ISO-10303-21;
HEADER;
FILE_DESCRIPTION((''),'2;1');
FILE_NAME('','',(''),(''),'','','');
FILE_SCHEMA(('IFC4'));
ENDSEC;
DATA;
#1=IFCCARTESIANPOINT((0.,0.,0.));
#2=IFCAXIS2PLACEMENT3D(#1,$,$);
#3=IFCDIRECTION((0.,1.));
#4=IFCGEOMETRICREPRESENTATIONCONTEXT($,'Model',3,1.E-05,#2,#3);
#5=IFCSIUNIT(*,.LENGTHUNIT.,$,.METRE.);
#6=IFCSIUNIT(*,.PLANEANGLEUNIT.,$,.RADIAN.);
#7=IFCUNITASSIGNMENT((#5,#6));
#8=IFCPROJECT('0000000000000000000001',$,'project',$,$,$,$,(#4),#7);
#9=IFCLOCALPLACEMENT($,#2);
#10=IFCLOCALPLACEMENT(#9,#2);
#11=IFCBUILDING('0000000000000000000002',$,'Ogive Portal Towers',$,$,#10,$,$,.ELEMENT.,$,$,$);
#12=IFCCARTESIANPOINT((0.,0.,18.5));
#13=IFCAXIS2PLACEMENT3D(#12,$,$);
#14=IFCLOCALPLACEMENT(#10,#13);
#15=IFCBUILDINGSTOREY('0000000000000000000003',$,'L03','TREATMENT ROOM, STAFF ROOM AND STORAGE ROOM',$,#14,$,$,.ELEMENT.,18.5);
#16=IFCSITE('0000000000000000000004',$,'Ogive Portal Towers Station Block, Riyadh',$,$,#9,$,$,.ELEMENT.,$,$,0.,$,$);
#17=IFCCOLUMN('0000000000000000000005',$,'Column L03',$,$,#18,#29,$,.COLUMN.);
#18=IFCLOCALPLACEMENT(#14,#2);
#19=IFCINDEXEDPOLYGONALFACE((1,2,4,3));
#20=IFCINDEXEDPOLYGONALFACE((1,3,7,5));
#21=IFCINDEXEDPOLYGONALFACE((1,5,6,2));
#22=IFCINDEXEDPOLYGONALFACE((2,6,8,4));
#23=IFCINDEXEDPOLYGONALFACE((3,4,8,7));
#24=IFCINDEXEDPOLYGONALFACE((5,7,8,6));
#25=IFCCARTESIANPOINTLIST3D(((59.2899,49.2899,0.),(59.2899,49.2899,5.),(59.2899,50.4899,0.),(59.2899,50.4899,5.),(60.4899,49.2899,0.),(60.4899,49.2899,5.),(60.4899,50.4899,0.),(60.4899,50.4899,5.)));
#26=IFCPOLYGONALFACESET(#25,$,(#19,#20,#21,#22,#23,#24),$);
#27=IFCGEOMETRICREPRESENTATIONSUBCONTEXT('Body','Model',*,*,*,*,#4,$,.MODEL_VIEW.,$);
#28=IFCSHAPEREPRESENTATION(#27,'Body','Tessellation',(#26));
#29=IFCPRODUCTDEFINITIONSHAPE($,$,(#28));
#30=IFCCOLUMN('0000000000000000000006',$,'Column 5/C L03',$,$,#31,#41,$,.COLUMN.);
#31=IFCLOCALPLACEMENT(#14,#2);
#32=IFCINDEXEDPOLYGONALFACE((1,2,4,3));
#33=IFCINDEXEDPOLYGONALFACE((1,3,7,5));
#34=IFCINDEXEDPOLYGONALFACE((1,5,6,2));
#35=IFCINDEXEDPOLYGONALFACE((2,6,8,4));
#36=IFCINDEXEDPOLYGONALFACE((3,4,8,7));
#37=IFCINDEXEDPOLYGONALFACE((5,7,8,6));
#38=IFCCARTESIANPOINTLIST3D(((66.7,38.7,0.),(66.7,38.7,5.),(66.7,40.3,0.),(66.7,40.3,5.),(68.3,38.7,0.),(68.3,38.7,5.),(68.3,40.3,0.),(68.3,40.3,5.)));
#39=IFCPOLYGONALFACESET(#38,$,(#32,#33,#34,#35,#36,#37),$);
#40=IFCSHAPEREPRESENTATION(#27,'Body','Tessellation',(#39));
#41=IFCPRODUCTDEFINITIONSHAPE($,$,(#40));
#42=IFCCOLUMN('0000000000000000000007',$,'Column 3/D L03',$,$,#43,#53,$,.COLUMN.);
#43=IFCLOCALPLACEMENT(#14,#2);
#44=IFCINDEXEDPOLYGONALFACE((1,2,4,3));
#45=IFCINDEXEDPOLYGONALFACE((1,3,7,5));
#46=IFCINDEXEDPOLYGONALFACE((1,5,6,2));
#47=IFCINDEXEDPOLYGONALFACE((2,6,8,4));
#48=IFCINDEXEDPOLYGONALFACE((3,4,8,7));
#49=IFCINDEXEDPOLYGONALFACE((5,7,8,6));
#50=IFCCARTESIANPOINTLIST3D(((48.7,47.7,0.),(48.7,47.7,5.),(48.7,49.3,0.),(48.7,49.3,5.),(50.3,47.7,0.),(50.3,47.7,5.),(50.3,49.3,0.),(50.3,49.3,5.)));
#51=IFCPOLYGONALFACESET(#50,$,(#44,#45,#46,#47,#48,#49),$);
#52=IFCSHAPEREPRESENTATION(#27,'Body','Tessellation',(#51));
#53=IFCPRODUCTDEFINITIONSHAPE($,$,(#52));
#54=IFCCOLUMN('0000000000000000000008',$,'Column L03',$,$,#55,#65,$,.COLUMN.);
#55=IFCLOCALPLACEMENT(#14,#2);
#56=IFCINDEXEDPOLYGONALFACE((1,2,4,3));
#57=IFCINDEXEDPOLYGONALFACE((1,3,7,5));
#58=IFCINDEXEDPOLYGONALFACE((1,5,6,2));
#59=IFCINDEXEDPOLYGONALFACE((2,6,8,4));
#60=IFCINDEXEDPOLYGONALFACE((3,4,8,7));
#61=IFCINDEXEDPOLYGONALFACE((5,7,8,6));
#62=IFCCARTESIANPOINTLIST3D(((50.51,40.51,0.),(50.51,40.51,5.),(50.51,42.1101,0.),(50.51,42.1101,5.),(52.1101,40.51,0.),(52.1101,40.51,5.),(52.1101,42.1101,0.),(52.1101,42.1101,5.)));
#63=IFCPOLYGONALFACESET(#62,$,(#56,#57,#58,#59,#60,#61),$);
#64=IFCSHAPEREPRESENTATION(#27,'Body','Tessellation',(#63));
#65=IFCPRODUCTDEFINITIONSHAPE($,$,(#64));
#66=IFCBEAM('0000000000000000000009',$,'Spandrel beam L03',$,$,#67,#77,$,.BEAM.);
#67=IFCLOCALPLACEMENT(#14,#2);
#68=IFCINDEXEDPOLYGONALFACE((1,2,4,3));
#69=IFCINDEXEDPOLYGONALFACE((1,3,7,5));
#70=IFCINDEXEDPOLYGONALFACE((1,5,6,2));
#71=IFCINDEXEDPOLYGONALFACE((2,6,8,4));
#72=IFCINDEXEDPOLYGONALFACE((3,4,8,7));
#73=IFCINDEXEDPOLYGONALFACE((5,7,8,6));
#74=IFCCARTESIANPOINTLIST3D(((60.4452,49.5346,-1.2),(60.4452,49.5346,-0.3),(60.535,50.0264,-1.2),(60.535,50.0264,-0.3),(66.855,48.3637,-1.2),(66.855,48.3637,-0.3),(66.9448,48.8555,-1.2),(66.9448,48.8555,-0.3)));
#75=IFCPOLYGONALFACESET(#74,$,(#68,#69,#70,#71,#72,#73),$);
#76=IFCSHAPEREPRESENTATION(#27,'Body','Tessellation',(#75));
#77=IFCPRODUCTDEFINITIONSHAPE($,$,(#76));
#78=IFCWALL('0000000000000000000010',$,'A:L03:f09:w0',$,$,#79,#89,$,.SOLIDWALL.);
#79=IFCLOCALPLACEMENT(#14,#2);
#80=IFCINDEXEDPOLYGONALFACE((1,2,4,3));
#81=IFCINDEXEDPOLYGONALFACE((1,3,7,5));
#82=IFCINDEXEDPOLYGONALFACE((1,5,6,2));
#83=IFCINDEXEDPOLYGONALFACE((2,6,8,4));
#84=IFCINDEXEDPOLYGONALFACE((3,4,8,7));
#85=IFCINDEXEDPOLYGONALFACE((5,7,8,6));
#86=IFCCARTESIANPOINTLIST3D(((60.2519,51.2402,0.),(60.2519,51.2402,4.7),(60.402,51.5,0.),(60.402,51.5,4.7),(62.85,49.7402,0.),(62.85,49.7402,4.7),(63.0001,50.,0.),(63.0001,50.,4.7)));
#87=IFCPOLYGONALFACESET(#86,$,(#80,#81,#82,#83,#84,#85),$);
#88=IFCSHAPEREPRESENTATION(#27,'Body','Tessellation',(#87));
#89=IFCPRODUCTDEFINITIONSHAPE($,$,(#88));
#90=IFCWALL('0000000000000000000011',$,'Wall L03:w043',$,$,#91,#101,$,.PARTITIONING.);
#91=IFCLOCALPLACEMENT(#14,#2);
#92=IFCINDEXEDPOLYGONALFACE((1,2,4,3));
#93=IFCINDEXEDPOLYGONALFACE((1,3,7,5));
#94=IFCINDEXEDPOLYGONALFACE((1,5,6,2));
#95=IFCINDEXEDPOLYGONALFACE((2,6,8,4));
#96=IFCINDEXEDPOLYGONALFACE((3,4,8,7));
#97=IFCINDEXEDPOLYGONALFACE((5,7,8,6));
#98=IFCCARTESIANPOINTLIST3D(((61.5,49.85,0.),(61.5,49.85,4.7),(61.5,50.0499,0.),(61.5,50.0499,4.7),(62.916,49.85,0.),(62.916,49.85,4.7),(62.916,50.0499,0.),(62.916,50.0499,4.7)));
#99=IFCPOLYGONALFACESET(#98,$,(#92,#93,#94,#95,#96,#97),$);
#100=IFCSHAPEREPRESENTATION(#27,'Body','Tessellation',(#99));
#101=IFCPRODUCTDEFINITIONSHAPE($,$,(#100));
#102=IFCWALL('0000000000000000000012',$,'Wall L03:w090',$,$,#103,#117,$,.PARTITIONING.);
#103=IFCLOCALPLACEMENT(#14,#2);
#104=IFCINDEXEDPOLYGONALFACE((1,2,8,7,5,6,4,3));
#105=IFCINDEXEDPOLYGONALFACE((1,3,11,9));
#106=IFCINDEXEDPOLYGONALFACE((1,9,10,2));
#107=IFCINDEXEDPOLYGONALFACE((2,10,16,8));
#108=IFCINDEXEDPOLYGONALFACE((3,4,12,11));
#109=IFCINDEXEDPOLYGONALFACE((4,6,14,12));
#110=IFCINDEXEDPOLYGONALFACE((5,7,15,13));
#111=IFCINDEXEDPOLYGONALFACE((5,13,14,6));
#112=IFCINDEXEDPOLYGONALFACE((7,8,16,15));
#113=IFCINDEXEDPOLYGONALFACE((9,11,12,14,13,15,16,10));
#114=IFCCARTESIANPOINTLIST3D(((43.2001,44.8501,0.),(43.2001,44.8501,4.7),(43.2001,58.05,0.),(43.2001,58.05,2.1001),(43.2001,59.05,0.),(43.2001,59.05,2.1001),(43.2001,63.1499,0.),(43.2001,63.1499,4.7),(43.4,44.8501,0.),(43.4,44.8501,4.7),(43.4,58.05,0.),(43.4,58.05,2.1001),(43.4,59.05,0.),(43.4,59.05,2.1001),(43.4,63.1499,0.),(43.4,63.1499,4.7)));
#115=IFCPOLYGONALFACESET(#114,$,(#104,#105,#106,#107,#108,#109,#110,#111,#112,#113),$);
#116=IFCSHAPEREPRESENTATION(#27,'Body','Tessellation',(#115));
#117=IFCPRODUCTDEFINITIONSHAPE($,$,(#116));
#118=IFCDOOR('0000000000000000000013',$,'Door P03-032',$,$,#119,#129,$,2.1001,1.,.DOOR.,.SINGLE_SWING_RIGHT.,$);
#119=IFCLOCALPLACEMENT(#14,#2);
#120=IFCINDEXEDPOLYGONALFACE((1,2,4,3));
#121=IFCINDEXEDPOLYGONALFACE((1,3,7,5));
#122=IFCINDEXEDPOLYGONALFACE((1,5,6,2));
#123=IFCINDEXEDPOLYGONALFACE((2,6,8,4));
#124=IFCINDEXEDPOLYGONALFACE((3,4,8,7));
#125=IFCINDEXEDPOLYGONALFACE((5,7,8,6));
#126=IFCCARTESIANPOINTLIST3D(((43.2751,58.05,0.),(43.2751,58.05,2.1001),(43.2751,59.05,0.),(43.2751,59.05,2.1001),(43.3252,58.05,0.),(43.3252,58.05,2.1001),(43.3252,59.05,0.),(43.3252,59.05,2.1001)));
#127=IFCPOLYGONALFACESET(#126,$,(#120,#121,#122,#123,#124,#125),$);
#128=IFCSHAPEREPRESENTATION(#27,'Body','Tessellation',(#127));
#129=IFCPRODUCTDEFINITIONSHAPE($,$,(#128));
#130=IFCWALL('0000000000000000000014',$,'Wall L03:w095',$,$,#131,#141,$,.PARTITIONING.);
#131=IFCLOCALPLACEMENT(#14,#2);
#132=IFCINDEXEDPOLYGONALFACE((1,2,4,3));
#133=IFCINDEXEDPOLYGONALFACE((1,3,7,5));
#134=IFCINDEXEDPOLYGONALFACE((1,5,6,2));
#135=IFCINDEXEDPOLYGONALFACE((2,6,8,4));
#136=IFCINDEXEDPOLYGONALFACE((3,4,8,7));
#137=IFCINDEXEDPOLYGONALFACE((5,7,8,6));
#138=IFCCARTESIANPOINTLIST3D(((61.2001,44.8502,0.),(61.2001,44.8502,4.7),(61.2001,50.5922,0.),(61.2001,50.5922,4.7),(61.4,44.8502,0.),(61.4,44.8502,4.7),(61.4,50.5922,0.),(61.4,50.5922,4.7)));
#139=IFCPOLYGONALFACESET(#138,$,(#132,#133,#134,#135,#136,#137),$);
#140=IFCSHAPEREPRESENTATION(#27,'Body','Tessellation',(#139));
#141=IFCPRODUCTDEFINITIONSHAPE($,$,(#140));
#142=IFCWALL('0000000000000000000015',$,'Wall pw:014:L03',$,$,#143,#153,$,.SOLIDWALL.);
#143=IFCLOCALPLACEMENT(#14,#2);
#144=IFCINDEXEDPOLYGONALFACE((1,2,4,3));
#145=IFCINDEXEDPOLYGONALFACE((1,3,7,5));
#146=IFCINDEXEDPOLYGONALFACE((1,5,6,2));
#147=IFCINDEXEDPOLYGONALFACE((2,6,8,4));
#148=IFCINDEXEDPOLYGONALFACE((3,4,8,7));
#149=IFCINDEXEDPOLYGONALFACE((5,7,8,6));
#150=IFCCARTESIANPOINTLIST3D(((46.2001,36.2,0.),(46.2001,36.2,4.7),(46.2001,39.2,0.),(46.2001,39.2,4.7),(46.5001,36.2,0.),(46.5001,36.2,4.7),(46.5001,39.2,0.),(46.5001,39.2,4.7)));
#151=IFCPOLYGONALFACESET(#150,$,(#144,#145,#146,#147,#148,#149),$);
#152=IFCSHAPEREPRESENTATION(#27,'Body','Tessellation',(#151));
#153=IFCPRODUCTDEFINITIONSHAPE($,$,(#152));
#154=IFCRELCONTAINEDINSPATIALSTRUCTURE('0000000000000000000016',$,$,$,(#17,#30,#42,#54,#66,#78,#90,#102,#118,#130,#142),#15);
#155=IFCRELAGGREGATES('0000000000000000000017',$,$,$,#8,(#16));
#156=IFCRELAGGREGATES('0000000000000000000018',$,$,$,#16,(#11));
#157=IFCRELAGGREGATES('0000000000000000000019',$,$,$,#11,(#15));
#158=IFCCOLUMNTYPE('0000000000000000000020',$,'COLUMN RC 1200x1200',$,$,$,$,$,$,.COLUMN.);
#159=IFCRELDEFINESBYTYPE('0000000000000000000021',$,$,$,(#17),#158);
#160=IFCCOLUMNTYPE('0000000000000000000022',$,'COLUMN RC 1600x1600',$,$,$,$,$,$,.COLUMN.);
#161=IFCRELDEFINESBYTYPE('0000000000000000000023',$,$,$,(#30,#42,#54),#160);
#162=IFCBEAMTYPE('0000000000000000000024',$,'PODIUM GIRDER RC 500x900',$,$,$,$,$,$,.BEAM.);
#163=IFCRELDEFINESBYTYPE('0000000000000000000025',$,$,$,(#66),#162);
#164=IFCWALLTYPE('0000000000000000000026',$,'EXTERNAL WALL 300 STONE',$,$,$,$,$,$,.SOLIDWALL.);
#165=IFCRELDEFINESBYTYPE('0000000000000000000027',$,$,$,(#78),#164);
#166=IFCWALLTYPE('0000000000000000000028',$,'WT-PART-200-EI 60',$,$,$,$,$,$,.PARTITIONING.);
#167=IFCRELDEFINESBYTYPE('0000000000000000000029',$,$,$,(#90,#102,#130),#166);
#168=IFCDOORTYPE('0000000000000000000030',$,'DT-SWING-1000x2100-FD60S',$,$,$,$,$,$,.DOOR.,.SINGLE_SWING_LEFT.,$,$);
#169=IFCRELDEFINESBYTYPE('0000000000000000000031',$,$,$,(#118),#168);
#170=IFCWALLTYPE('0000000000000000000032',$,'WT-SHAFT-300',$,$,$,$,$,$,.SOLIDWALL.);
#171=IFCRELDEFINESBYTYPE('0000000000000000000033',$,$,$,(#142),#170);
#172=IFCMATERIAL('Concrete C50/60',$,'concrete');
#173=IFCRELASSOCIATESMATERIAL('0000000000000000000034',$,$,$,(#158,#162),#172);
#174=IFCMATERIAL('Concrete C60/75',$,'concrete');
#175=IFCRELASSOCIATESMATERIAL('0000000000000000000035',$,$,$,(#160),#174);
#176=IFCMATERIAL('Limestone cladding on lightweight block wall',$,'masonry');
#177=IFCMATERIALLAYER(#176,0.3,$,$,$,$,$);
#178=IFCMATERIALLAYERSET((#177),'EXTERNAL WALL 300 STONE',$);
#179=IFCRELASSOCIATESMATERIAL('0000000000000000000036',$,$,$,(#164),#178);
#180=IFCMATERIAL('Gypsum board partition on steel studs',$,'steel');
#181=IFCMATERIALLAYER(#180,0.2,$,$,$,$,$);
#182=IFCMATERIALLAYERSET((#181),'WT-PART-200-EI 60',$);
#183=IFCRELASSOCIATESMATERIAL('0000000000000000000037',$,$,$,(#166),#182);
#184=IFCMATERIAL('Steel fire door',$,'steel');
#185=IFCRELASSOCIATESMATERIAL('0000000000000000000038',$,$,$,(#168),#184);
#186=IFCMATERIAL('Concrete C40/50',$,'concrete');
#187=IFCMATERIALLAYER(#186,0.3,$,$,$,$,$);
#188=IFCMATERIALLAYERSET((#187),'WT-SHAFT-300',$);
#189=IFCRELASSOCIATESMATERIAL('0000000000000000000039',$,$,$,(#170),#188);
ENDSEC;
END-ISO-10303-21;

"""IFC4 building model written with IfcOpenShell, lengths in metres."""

from ifc_helpers import new_model, si_unit, direction, frame, frame_2d, origin, origin_2d, place, context, subcontext, project, spatial, rectangle, extrude, material, layer, layer_set, material_profile, profile_set, type_object, element, fill, save


model = new_model("IFC4")

# Units and contexts
model_context = context("Model", 3, precision=1e-05, world=origin(), true_north=direction((0.0, 1.0)))
body_context = subcontext(model_context, "Body", "Model", "MODEL_VIEW")
ifc_project = project(units=[si_unit("LENGTHUNIT", "METRE"), si_unit("PLANEANGLEUNIT", "RADIAN")], contexts=[model_context])

# Site, building, storey
site_placement = place(None, origin())
site = spatial("IfcSite", under=ifc_project, at=site_placement, Name="Ogive Portal Towers Station Block, Riyadh", CompositionType="ELEMENT", RefElevation=0.0)
building_placement = place(site_placement, origin())
building = spatial("IfcBuilding", under=site, at=building_placement, Name="Ogive Portal Towers", CompositionType="ELEMENT")
storey_placement = place(building_placement, frame((0.0, 0.0, 18.5)))
storey = spatial("IfcBuildingStorey", under=building, at=storey_placement, Name="L03", Description="TREATMENT ROOM, STAFF ROOM AND STORAGE ROOM", CompositionType="ELEMENT", Elevation=18.5)

# Columns
ifc_material_1 = material(Name="Concrete C50/60", Category="concrete")
ifc_material_profile_1 = material_profile(ifc_material_1, rectangle(XDim=1.2, YDim=1.2, at=origin_2d()), Name="RC 1200x1200")
ifc_profile_set_1 = profile_set([ifc_material_profile_1], Name="Concrete C50/60")
column_type_1 = type_object("IfcColumnType", Name="COLUMN RC 1200x1200", PredefinedType="COLUMN", material=ifc_profile_set_1)
column_placement = place(storey_placement, frame((59.8899, 49.8899, 0.0), z_axis=(0.0, 0.0, 1.0), x_axis=(1.0, 0.0, 0.0)))
element("IfcColumn", 1, at=column_placement, inside=storey, type_object=column_type_1, Name="Column L03", PredefinedType="COLUMN", context=body_context, shape_type="SweptSolid", body=[
    extrude(rectangle(XDim=1.2, YDim=1.2, at=origin_2d()), origin(), (0.0, 0.0, 1.0), 5.0),
])
ifc_material_2 = material(Name="Concrete C60/75", Category="concrete")
ifc_material_profile_2 = material_profile(ifc_material_2, rectangle(XDim=1.6001, YDim=1.6001, at=origin_2d()), Name="RC 1600x1600")
ifc_profile_set_2 = profile_set([ifc_material_profile_2], Name="Concrete C60/75")
column_type_2 = type_object("IfcColumnType", Name="COLUMN RC 1600x1600", PredefinedType="COLUMN", material=ifc_profile_set_2)
for number, where, z_axis, x_axis, name in (
    (2, (67.5, 39.5, 0.0), (0.0, 0.0, 1.0), (1.0, 0.0, 0.0), "Column 5/C L03"),
    (3, (49.5, 48.5, 0.0), (0.0, 0.0, 1.0), (1.0, 0.0, 0.0), "Column 3/D L03"),
    (4, (51.3101, 41.3101, 0.0), (0.0, 0.0, 1.0), (1.0, 0.0, 0.0), "Column L03"),
):
    element("IfcColumn", number, at=place(storey_placement, frame(where, z_axis=z_axis, x_axis=x_axis)), inside=storey, type_object=column_type_2, Name=name, PredefinedType="COLUMN", context=body_context, shape_type="SweptSolid", body=[
        extrude(rectangle(XDim=1.6001, YDim=1.6001, at=origin_2d()), origin(), (0.0, 0.0, 1.0), 5.0),
    ])

# Beam
ifc_material_profile_3 = material_profile(ifc_material_1, rectangle(XDim=0.5, YDim=0.8999, at=origin_2d()), Name="RC 500x900")
ifc_profile_set_3 = profile_set([ifc_material_profile_3], Name="Concrete C50/60")
beam_type = type_object("IfcBeamType", Name="PODIUM GIRDER RC 500x900", PredefinedType="BEAM", material=ifc_profile_set_3)
beam_placement = place(storey_placement, frame((66.8999, 48.6096, -0.75), z_axis=(-0.983722, 0.179696, 0.0), x_axis=(-0.179696, -0.983722, 0.0)))
element("IfcBeam", 5, at=beam_placement, inside=storey, type_object=beam_type, Name="Spandrel beam L03", PredefinedType="BEAM", context=body_context, shape_type="SweptSolid", body=[
    extrude(rectangle(XDim=0.5, YDim=0.8999, at=origin_2d()), origin(), (0.0, 0.0, 1.0), 6.5159),
])

# Shared definitions
ifc_material_3 = material(Name="Steel fire door", Category="steel")

# Walls
ifc_material_4 = material(Name="Limestone cladding on lightweight block wall", Category="masonry")
ifc_layer_1 = layer(ifc_material_4, 0.3)
ifc_layer_set_1 = layer_set([ifc_layer_1], Name="EXTERNAL WALL 300 STONE")
wall_type_1 = type_object("IfcWallType", Name="EXTERNAL WALL 300 STONE", PredefinedType="SOLIDWALL", material=ifc_layer_set_1)
wall_1_placement = place(storey_placement, frame((62.925, 49.8701, 0.0), z_axis=(0.0, 0.0, 1.0), x_axis=(-0.866031, 0.49999, 0.0)))
element("IfcWall", 6, at=wall_1_placement, inside=storey, type_object=wall_type_1, Name="A:L03:f09:w0", PredefinedType="SOLIDWALL", context=body_context, shape_type="SweptSolid", body=[
    extrude(rectangle(XDim=3.0, YDim=0.3, at=frame_2d((1.5, 0.0))), origin(), (0.0, 0.0, 1.0), 4.7),
])
ifc_material_5 = material(Name="Gypsum board partition on steel studs", Category="steel")
ifc_layer_2 = layer(ifc_material_5, 0.2)
ifc_layer_set_2 = layer_set([ifc_layer_2], Name="WT-PART-200-EI 60")
wall_type_2 = type_object("IfcWallType", Name="WT-PART-200-EI 60", PredefinedType="PARTITIONING", material=ifc_layer_set_2)
wall_2_placement = place(storey_placement, frame((61.5, 49.95, 0.0), z_axis=(0.0, 0.0, 1.0), x_axis=(1.0, 0.0, 0.0)))
element("IfcWall", 7, at=wall_2_placement, inside=storey, type_object=wall_type_2, Name="Wall L03:w043", PredefinedType="PARTITIONING", context=body_context, shape_type="SweptSolid", body=[
    extrude(rectangle(XDim=1.416, YDim=0.2, at=frame_2d((0.708, 0.0))), origin(), (0.0, 0.0, 1.0), 4.7),
])

# Wall, opening, door
wall_3_placement = place(storey_placement, frame((43.3, 44.8501, 0.0), z_axis=(0.0, 0.0, 1.0), x_axis=(0.0, 1.0, 0.0)))
wall_3 = element("IfcWall", 8, at=wall_3_placement, inside=storey, type_object=wall_type_2, Name="Wall L03:w090", PredefinedType="PARTITIONING", context=body_context, shape_type="SweptSolid", body=[
    extrude(rectangle(XDim=18.2998, YDim=0.2, at=frame_2d((9.1499, 0.0))), origin(), (0.0, 0.0, 1.0), 4.7),
])
opening_1_placement = place(wall_3_placement, frame((13.2, 0.0, 0.0)))
opening_1 = element("IfcOpeningElement", 9, at=opening_1_placement, cuts=wall_3, PredefinedType="OPENING", context=body_context, shape_type="SweptSolid", body=[
    extrude(rectangle(XDim=1.0, YDim=2.1001, at=frame_2d((0.5, 1.05))), frame((0.0, 0.1099, 0.0), z_axis=(0.0, -1.0, 0.0), x_axis=(1.0, 0.0, 0.0)), (0.0, 0.0, 1.0), 0.22),
])
door_type_1 = type_object("IfcDoorType", Name="DT-SWING-1000x2100-FD60S", OperationType="SINGLE_SWING_LEFT", PredefinedType="DOOR", material=ifc_material_3)
door_1_placement = place(opening_1_placement, origin())
door_1 = element("IfcDoor", 10, at=door_1_placement, inside=storey, type_object=door_type_1, Name="Door P03-032", OperationType="SINGLE_SWING_RIGHT", OverallHeight=2.1001, OverallWidth=1.0, PredefinedType="DOOR", context=body_context, shape_type="SweptSolid", body=[
    extrude(rectangle(XDim=1.0, YDim=2.1001, at=frame_2d((0.5, 1.05))), frame((0.0, 0.0249, 0.0), z_axis=(0.0, -1.0, 0.0), x_axis=(1.0, 0.0, 0.0)), (0.0, 0.0, 1.0), 0.05),
])
fill(opening_1, door_1)

# Walls
wall_4_placement = place(storey_placement, frame((61.3, 44.8501, 0.0), z_axis=(0.0, 0.0, 1.0), x_axis=(0.0, 1.0, 0.0)))
element("IfcWall", 11, at=wall_4_placement, inside=storey, type_object=wall_type_2, Name="Wall L03:w095", PredefinedType="PARTITIONING", context=body_context, shape_type="SweptSolid", body=[
    extrude(rectangle(XDim=5.7419, YDim=0.2, at=frame_2d((2.8711, 0.0))), origin(), (0.0, 0.0, 1.0), 4.7),
])
ifc_material_6 = material(Name="Concrete C40/50", Category="concrete")
ifc_layer_3 = layer(ifc_material_6, 0.3)
ifc_layer_set_3 = layer_set([ifc_layer_3], Name="WT-SHAFT-300")
wall_type_3 = type_object("IfcWallType", Name="WT-SHAFT-300", PredefinedType="SOLIDWALL", material=ifc_layer_set_3)
wall_5_placement = place(storey_placement, frame((46.3501, 36.2, 0.0), z_axis=(0.0, 0.0, 1.0), x_axis=(0.0, 1.0, 0.0)))
element("IfcWall", 12, at=wall_5_placement, inside=storey, type_object=wall_type_3, Name="Wall pw:014:L03", PredefinedType="SOLIDWALL", context=body_context, shape_type="SweptSolid", body=[
    extrude(rectangle(XDim=3.0, YDim=0.3, at=frame_2d((1.5, 0.0))), origin(), (0.0, 0.0, 1.0), 4.7),
])

save(model, "model.ifc")
